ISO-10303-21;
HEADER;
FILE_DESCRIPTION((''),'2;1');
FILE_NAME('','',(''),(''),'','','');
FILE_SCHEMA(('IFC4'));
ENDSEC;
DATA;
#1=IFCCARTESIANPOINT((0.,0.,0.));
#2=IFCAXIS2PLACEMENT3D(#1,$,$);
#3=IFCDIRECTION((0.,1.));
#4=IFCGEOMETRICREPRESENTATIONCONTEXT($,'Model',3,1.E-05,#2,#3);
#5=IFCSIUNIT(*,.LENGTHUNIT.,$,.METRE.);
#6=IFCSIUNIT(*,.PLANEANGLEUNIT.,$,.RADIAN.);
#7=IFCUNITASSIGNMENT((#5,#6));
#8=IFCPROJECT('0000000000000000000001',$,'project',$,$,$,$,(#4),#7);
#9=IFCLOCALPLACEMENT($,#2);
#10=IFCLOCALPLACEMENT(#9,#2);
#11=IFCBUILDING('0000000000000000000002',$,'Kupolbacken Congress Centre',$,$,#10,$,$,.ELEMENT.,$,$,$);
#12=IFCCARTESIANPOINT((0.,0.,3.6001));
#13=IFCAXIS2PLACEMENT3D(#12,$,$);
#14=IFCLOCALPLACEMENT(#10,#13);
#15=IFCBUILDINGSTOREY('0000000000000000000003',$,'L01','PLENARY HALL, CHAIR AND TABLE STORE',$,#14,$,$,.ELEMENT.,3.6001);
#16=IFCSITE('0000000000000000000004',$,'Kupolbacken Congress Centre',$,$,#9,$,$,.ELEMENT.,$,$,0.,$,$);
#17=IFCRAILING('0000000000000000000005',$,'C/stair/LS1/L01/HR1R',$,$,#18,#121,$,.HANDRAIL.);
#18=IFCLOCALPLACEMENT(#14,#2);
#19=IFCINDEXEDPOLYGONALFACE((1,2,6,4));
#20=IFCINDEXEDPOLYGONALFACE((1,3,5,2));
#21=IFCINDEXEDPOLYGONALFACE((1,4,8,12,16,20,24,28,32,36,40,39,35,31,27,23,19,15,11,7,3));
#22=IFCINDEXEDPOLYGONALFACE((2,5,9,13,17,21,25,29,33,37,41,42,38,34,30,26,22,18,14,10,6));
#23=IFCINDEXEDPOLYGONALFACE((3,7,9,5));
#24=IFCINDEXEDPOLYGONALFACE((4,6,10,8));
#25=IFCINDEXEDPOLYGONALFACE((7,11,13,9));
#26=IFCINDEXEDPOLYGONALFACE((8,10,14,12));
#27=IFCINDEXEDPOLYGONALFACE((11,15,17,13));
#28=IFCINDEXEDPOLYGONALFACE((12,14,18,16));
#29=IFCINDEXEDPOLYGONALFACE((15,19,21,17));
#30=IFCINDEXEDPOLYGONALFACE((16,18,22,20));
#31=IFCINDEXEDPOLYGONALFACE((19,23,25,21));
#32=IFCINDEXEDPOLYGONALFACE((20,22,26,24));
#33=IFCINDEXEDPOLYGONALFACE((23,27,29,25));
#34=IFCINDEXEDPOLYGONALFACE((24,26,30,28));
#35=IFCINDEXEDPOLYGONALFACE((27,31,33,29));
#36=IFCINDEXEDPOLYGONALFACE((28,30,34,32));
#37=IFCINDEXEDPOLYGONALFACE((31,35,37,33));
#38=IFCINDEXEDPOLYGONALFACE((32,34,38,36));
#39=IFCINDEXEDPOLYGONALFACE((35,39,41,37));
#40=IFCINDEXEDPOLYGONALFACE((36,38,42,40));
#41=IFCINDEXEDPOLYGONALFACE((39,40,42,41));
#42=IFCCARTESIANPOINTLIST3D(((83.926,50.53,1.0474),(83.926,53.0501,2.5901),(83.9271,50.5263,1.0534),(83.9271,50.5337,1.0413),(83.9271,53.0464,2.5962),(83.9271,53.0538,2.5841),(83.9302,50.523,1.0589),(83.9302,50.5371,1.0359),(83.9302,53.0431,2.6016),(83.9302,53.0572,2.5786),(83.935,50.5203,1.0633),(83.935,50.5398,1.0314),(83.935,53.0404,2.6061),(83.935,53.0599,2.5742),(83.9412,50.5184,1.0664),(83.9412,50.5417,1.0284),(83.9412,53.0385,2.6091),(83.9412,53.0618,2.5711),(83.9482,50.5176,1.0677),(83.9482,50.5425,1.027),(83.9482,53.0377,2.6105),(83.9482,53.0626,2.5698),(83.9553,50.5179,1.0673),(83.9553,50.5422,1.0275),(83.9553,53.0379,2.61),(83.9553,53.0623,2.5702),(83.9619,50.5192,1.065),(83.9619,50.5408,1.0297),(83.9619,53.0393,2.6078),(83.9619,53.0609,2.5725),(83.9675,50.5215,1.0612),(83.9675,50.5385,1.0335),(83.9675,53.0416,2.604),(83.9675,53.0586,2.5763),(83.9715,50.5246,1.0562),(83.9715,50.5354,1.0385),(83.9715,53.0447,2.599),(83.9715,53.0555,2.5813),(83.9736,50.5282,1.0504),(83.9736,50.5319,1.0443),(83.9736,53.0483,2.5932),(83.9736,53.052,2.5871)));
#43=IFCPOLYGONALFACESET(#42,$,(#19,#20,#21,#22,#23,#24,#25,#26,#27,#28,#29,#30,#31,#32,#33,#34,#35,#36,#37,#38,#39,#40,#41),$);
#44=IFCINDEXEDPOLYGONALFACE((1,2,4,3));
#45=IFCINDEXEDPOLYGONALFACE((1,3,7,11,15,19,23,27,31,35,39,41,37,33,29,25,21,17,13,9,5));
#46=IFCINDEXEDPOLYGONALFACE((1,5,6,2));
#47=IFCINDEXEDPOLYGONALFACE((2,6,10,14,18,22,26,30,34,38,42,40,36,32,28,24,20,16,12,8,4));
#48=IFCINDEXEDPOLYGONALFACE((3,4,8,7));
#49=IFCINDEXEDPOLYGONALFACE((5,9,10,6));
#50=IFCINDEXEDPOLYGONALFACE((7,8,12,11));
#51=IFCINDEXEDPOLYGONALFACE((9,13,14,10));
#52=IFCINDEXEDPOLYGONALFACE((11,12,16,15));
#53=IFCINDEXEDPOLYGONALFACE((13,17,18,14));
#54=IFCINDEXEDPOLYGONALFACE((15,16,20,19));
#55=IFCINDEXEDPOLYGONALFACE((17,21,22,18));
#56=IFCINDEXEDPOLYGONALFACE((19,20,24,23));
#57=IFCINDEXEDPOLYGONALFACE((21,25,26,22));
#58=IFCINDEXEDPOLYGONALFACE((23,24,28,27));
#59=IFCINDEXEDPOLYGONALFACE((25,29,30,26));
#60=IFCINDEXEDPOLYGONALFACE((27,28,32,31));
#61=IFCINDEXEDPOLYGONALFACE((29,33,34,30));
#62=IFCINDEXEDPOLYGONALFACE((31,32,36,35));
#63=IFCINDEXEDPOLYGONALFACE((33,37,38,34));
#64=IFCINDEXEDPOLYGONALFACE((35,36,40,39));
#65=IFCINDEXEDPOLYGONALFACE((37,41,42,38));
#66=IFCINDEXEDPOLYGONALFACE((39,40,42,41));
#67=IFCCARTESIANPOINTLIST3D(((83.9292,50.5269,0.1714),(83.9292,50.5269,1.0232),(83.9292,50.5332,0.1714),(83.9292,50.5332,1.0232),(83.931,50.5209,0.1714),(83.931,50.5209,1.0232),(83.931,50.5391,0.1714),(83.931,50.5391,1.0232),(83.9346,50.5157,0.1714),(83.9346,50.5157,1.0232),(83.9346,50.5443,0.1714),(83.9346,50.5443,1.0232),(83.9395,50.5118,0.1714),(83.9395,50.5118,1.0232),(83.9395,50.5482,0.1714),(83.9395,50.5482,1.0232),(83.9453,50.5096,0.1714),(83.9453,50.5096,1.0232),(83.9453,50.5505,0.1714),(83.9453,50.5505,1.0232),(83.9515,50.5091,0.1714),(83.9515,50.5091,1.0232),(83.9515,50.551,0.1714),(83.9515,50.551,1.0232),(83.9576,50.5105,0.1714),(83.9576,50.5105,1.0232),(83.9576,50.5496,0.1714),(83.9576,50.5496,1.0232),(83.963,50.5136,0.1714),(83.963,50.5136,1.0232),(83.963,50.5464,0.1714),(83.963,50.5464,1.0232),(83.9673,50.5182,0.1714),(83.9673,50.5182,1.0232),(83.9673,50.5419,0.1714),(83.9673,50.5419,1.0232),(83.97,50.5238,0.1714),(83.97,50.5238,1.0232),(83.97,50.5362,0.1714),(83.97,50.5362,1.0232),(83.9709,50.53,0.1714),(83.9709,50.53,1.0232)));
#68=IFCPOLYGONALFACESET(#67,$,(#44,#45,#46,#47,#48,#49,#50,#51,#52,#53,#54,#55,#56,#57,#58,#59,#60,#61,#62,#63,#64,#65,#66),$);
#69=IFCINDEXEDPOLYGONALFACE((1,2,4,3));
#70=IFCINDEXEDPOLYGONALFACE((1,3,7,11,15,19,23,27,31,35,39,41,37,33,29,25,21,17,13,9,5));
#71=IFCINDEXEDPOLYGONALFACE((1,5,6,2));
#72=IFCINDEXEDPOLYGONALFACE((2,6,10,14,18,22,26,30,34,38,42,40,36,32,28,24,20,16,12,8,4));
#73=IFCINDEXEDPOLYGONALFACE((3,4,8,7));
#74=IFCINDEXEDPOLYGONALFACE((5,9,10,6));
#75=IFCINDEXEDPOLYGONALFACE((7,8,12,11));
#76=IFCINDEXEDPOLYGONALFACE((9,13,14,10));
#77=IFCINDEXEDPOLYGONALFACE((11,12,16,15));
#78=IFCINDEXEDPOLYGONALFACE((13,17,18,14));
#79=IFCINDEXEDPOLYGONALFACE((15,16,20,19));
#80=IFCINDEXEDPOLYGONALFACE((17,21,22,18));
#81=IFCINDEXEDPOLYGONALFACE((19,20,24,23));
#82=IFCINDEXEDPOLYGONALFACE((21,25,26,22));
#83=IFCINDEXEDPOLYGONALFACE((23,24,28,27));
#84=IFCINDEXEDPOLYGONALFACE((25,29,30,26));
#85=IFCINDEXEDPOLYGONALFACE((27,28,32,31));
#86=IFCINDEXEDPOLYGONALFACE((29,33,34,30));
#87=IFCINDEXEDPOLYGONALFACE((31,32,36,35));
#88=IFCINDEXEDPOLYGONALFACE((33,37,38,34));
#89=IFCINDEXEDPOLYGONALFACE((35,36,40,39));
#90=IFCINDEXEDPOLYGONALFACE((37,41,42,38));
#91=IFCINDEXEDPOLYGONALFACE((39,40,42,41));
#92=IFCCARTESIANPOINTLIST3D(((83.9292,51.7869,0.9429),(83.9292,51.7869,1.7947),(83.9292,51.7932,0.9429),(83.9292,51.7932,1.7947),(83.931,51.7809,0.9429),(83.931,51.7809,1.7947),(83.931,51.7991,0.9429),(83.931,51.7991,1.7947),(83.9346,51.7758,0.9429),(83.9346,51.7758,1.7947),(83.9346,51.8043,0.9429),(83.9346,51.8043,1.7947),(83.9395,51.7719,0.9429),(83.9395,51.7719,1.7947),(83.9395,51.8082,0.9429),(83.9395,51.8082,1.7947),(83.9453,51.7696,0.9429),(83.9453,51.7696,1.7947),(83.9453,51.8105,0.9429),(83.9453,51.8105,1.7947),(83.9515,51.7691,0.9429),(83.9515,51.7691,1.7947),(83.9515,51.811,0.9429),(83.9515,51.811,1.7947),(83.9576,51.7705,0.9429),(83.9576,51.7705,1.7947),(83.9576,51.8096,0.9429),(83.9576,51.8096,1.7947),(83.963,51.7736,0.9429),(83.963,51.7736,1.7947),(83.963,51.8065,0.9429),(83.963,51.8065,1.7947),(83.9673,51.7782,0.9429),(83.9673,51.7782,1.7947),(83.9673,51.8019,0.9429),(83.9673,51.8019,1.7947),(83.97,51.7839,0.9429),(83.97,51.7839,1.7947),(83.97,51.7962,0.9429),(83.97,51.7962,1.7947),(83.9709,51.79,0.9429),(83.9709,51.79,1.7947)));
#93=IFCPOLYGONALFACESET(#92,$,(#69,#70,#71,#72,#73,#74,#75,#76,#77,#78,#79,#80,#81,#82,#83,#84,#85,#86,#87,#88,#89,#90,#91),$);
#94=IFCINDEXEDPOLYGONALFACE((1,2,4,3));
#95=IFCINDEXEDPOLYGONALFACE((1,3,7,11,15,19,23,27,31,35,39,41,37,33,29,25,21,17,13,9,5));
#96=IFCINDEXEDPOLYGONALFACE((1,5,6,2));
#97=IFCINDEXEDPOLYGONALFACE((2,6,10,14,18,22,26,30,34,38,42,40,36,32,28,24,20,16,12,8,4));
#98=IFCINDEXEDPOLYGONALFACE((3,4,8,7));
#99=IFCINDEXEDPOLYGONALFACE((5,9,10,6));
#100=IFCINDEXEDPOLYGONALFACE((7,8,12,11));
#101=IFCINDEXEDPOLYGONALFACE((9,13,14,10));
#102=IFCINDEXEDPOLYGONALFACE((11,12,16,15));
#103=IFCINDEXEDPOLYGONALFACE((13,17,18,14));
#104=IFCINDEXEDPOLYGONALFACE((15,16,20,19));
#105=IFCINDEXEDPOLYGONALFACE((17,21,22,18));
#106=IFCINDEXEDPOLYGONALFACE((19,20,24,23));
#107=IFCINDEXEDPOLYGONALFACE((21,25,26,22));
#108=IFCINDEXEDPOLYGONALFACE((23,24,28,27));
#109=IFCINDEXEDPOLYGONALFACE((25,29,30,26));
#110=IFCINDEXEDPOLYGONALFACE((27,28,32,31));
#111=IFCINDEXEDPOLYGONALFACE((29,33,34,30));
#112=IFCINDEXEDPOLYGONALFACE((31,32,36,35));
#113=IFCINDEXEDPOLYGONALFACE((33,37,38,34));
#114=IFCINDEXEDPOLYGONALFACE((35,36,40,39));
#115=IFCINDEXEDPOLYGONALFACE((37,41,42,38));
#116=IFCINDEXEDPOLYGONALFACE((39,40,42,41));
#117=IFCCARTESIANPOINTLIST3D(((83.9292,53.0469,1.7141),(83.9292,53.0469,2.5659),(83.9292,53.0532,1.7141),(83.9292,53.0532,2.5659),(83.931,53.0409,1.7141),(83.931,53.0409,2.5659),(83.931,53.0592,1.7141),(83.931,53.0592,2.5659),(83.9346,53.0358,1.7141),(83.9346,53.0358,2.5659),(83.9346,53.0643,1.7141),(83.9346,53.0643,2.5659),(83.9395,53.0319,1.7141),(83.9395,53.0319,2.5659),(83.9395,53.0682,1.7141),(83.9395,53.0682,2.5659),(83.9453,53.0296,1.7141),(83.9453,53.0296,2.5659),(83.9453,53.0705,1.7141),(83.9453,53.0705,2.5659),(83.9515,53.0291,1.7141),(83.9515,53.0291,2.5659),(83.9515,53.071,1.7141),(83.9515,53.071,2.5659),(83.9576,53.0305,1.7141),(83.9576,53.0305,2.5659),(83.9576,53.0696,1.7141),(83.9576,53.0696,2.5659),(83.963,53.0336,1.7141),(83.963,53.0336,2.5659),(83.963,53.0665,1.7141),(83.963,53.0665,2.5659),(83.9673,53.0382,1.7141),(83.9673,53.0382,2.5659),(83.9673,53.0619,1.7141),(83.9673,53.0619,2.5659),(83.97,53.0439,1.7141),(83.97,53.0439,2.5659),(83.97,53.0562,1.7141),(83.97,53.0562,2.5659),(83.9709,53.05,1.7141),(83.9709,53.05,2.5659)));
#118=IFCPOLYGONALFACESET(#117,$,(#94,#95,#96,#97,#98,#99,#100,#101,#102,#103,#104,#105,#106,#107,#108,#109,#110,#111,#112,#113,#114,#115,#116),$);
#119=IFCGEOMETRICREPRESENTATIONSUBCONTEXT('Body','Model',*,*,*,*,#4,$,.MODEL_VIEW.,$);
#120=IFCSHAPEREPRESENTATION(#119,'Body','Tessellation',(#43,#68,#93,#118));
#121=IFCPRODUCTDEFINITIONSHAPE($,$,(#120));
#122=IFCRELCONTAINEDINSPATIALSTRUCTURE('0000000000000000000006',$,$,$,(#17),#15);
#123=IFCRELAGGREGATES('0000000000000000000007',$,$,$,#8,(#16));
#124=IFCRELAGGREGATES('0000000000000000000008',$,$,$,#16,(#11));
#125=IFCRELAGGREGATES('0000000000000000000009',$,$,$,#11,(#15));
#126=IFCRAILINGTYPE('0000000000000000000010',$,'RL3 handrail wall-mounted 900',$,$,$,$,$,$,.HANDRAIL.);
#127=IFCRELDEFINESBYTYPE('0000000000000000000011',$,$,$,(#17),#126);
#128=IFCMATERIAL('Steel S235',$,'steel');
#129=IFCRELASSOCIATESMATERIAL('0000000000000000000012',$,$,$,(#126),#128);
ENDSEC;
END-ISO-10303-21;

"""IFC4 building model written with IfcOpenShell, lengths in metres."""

from ifc_helpers import new_model, si_unit, direction, frame, origin, origin_2d, place, context, subcontext, project, spatial, circle, extrude, material, type_object, element, save


model = new_model("IFC4")

# Units and contexts
model_context = context("Model", 3, precision=1e-05, world=origin(), true_north=direction((0.0, 1.0)))
body_context = subcontext(model_context, "Body", "Model", "MODEL_VIEW")
ifc_project = project(units=[si_unit("LENGTHUNIT", "METRE"), si_unit("PLANEANGLEUNIT", "RADIAN")], contexts=[model_context])

# Site, building, storey
site_placement = place(None, origin())
site = spatial("IfcSite", under=ifc_project, at=site_placement, Name="Kupolbacken Congress Centre", CompositionType="ELEMENT", RefElevation=0.0)
building_placement = place(site_placement, origin())
building = spatial("IfcBuilding", under=site, at=building_placement, Name="Kupolbacken Congress Centre", CompositionType="ELEMENT")
storey_placement = place(building_placement, frame((0.0, 0.0, 3.6001)))
storey = spatial("IfcBuildingStorey", under=building, at=storey_placement, Name="L01", Description="PLENARY HALL, CHAIR AND TABLE STORE", CompositionType="ELEMENT", Elevation=3.6001)

# Railing
ifc_material_1 = material(Name="Steel S235", Category="steel")
railing_type = type_object("IfcRailingType", Name="RL3 handrail wall-mounted 900", PredefinedType="HANDRAIL", material=ifc_material_1)
for number, where, name in (
    (1, (83.95, 50.53, 0.1714), "C/stair/LS1/L01/HR1R"),
):
    element("IfcRailing", number, at=place(storey_placement, frame(where)), inside=storey, type_object=railing_type, Name=name, PredefinedType="HANDRAIL", context=body_context, shape_type="SweptSolid", body=[
        extrude(circle(Radius=0.0239, at=origin_2d()), frame((0.0, 0.0, 0.876), z_axis=(0.0, 0.852873, 0.522118), x_axis=(-1.0, 0.0, 0.0)), (0.0, 0.0, 1.0), 2.9548),
        extrude(circle(Radius=0.021, at=origin_2d()), origin(), (0.0, 0.0, 1.0), 0.8518),
        extrude(circle(Radius=0.021, at=origin_2d()), frame((0.0, 1.26, 0.7715)), (0.0, 0.0, 1.0), 0.8518),
        extrude(circle(Radius=0.021, at=origin_2d()), frame((0.0, 2.52, 1.5427)), (0.0, 0.0, 1.0), 0.8518),
    ])

save(model, "model.ifc")
